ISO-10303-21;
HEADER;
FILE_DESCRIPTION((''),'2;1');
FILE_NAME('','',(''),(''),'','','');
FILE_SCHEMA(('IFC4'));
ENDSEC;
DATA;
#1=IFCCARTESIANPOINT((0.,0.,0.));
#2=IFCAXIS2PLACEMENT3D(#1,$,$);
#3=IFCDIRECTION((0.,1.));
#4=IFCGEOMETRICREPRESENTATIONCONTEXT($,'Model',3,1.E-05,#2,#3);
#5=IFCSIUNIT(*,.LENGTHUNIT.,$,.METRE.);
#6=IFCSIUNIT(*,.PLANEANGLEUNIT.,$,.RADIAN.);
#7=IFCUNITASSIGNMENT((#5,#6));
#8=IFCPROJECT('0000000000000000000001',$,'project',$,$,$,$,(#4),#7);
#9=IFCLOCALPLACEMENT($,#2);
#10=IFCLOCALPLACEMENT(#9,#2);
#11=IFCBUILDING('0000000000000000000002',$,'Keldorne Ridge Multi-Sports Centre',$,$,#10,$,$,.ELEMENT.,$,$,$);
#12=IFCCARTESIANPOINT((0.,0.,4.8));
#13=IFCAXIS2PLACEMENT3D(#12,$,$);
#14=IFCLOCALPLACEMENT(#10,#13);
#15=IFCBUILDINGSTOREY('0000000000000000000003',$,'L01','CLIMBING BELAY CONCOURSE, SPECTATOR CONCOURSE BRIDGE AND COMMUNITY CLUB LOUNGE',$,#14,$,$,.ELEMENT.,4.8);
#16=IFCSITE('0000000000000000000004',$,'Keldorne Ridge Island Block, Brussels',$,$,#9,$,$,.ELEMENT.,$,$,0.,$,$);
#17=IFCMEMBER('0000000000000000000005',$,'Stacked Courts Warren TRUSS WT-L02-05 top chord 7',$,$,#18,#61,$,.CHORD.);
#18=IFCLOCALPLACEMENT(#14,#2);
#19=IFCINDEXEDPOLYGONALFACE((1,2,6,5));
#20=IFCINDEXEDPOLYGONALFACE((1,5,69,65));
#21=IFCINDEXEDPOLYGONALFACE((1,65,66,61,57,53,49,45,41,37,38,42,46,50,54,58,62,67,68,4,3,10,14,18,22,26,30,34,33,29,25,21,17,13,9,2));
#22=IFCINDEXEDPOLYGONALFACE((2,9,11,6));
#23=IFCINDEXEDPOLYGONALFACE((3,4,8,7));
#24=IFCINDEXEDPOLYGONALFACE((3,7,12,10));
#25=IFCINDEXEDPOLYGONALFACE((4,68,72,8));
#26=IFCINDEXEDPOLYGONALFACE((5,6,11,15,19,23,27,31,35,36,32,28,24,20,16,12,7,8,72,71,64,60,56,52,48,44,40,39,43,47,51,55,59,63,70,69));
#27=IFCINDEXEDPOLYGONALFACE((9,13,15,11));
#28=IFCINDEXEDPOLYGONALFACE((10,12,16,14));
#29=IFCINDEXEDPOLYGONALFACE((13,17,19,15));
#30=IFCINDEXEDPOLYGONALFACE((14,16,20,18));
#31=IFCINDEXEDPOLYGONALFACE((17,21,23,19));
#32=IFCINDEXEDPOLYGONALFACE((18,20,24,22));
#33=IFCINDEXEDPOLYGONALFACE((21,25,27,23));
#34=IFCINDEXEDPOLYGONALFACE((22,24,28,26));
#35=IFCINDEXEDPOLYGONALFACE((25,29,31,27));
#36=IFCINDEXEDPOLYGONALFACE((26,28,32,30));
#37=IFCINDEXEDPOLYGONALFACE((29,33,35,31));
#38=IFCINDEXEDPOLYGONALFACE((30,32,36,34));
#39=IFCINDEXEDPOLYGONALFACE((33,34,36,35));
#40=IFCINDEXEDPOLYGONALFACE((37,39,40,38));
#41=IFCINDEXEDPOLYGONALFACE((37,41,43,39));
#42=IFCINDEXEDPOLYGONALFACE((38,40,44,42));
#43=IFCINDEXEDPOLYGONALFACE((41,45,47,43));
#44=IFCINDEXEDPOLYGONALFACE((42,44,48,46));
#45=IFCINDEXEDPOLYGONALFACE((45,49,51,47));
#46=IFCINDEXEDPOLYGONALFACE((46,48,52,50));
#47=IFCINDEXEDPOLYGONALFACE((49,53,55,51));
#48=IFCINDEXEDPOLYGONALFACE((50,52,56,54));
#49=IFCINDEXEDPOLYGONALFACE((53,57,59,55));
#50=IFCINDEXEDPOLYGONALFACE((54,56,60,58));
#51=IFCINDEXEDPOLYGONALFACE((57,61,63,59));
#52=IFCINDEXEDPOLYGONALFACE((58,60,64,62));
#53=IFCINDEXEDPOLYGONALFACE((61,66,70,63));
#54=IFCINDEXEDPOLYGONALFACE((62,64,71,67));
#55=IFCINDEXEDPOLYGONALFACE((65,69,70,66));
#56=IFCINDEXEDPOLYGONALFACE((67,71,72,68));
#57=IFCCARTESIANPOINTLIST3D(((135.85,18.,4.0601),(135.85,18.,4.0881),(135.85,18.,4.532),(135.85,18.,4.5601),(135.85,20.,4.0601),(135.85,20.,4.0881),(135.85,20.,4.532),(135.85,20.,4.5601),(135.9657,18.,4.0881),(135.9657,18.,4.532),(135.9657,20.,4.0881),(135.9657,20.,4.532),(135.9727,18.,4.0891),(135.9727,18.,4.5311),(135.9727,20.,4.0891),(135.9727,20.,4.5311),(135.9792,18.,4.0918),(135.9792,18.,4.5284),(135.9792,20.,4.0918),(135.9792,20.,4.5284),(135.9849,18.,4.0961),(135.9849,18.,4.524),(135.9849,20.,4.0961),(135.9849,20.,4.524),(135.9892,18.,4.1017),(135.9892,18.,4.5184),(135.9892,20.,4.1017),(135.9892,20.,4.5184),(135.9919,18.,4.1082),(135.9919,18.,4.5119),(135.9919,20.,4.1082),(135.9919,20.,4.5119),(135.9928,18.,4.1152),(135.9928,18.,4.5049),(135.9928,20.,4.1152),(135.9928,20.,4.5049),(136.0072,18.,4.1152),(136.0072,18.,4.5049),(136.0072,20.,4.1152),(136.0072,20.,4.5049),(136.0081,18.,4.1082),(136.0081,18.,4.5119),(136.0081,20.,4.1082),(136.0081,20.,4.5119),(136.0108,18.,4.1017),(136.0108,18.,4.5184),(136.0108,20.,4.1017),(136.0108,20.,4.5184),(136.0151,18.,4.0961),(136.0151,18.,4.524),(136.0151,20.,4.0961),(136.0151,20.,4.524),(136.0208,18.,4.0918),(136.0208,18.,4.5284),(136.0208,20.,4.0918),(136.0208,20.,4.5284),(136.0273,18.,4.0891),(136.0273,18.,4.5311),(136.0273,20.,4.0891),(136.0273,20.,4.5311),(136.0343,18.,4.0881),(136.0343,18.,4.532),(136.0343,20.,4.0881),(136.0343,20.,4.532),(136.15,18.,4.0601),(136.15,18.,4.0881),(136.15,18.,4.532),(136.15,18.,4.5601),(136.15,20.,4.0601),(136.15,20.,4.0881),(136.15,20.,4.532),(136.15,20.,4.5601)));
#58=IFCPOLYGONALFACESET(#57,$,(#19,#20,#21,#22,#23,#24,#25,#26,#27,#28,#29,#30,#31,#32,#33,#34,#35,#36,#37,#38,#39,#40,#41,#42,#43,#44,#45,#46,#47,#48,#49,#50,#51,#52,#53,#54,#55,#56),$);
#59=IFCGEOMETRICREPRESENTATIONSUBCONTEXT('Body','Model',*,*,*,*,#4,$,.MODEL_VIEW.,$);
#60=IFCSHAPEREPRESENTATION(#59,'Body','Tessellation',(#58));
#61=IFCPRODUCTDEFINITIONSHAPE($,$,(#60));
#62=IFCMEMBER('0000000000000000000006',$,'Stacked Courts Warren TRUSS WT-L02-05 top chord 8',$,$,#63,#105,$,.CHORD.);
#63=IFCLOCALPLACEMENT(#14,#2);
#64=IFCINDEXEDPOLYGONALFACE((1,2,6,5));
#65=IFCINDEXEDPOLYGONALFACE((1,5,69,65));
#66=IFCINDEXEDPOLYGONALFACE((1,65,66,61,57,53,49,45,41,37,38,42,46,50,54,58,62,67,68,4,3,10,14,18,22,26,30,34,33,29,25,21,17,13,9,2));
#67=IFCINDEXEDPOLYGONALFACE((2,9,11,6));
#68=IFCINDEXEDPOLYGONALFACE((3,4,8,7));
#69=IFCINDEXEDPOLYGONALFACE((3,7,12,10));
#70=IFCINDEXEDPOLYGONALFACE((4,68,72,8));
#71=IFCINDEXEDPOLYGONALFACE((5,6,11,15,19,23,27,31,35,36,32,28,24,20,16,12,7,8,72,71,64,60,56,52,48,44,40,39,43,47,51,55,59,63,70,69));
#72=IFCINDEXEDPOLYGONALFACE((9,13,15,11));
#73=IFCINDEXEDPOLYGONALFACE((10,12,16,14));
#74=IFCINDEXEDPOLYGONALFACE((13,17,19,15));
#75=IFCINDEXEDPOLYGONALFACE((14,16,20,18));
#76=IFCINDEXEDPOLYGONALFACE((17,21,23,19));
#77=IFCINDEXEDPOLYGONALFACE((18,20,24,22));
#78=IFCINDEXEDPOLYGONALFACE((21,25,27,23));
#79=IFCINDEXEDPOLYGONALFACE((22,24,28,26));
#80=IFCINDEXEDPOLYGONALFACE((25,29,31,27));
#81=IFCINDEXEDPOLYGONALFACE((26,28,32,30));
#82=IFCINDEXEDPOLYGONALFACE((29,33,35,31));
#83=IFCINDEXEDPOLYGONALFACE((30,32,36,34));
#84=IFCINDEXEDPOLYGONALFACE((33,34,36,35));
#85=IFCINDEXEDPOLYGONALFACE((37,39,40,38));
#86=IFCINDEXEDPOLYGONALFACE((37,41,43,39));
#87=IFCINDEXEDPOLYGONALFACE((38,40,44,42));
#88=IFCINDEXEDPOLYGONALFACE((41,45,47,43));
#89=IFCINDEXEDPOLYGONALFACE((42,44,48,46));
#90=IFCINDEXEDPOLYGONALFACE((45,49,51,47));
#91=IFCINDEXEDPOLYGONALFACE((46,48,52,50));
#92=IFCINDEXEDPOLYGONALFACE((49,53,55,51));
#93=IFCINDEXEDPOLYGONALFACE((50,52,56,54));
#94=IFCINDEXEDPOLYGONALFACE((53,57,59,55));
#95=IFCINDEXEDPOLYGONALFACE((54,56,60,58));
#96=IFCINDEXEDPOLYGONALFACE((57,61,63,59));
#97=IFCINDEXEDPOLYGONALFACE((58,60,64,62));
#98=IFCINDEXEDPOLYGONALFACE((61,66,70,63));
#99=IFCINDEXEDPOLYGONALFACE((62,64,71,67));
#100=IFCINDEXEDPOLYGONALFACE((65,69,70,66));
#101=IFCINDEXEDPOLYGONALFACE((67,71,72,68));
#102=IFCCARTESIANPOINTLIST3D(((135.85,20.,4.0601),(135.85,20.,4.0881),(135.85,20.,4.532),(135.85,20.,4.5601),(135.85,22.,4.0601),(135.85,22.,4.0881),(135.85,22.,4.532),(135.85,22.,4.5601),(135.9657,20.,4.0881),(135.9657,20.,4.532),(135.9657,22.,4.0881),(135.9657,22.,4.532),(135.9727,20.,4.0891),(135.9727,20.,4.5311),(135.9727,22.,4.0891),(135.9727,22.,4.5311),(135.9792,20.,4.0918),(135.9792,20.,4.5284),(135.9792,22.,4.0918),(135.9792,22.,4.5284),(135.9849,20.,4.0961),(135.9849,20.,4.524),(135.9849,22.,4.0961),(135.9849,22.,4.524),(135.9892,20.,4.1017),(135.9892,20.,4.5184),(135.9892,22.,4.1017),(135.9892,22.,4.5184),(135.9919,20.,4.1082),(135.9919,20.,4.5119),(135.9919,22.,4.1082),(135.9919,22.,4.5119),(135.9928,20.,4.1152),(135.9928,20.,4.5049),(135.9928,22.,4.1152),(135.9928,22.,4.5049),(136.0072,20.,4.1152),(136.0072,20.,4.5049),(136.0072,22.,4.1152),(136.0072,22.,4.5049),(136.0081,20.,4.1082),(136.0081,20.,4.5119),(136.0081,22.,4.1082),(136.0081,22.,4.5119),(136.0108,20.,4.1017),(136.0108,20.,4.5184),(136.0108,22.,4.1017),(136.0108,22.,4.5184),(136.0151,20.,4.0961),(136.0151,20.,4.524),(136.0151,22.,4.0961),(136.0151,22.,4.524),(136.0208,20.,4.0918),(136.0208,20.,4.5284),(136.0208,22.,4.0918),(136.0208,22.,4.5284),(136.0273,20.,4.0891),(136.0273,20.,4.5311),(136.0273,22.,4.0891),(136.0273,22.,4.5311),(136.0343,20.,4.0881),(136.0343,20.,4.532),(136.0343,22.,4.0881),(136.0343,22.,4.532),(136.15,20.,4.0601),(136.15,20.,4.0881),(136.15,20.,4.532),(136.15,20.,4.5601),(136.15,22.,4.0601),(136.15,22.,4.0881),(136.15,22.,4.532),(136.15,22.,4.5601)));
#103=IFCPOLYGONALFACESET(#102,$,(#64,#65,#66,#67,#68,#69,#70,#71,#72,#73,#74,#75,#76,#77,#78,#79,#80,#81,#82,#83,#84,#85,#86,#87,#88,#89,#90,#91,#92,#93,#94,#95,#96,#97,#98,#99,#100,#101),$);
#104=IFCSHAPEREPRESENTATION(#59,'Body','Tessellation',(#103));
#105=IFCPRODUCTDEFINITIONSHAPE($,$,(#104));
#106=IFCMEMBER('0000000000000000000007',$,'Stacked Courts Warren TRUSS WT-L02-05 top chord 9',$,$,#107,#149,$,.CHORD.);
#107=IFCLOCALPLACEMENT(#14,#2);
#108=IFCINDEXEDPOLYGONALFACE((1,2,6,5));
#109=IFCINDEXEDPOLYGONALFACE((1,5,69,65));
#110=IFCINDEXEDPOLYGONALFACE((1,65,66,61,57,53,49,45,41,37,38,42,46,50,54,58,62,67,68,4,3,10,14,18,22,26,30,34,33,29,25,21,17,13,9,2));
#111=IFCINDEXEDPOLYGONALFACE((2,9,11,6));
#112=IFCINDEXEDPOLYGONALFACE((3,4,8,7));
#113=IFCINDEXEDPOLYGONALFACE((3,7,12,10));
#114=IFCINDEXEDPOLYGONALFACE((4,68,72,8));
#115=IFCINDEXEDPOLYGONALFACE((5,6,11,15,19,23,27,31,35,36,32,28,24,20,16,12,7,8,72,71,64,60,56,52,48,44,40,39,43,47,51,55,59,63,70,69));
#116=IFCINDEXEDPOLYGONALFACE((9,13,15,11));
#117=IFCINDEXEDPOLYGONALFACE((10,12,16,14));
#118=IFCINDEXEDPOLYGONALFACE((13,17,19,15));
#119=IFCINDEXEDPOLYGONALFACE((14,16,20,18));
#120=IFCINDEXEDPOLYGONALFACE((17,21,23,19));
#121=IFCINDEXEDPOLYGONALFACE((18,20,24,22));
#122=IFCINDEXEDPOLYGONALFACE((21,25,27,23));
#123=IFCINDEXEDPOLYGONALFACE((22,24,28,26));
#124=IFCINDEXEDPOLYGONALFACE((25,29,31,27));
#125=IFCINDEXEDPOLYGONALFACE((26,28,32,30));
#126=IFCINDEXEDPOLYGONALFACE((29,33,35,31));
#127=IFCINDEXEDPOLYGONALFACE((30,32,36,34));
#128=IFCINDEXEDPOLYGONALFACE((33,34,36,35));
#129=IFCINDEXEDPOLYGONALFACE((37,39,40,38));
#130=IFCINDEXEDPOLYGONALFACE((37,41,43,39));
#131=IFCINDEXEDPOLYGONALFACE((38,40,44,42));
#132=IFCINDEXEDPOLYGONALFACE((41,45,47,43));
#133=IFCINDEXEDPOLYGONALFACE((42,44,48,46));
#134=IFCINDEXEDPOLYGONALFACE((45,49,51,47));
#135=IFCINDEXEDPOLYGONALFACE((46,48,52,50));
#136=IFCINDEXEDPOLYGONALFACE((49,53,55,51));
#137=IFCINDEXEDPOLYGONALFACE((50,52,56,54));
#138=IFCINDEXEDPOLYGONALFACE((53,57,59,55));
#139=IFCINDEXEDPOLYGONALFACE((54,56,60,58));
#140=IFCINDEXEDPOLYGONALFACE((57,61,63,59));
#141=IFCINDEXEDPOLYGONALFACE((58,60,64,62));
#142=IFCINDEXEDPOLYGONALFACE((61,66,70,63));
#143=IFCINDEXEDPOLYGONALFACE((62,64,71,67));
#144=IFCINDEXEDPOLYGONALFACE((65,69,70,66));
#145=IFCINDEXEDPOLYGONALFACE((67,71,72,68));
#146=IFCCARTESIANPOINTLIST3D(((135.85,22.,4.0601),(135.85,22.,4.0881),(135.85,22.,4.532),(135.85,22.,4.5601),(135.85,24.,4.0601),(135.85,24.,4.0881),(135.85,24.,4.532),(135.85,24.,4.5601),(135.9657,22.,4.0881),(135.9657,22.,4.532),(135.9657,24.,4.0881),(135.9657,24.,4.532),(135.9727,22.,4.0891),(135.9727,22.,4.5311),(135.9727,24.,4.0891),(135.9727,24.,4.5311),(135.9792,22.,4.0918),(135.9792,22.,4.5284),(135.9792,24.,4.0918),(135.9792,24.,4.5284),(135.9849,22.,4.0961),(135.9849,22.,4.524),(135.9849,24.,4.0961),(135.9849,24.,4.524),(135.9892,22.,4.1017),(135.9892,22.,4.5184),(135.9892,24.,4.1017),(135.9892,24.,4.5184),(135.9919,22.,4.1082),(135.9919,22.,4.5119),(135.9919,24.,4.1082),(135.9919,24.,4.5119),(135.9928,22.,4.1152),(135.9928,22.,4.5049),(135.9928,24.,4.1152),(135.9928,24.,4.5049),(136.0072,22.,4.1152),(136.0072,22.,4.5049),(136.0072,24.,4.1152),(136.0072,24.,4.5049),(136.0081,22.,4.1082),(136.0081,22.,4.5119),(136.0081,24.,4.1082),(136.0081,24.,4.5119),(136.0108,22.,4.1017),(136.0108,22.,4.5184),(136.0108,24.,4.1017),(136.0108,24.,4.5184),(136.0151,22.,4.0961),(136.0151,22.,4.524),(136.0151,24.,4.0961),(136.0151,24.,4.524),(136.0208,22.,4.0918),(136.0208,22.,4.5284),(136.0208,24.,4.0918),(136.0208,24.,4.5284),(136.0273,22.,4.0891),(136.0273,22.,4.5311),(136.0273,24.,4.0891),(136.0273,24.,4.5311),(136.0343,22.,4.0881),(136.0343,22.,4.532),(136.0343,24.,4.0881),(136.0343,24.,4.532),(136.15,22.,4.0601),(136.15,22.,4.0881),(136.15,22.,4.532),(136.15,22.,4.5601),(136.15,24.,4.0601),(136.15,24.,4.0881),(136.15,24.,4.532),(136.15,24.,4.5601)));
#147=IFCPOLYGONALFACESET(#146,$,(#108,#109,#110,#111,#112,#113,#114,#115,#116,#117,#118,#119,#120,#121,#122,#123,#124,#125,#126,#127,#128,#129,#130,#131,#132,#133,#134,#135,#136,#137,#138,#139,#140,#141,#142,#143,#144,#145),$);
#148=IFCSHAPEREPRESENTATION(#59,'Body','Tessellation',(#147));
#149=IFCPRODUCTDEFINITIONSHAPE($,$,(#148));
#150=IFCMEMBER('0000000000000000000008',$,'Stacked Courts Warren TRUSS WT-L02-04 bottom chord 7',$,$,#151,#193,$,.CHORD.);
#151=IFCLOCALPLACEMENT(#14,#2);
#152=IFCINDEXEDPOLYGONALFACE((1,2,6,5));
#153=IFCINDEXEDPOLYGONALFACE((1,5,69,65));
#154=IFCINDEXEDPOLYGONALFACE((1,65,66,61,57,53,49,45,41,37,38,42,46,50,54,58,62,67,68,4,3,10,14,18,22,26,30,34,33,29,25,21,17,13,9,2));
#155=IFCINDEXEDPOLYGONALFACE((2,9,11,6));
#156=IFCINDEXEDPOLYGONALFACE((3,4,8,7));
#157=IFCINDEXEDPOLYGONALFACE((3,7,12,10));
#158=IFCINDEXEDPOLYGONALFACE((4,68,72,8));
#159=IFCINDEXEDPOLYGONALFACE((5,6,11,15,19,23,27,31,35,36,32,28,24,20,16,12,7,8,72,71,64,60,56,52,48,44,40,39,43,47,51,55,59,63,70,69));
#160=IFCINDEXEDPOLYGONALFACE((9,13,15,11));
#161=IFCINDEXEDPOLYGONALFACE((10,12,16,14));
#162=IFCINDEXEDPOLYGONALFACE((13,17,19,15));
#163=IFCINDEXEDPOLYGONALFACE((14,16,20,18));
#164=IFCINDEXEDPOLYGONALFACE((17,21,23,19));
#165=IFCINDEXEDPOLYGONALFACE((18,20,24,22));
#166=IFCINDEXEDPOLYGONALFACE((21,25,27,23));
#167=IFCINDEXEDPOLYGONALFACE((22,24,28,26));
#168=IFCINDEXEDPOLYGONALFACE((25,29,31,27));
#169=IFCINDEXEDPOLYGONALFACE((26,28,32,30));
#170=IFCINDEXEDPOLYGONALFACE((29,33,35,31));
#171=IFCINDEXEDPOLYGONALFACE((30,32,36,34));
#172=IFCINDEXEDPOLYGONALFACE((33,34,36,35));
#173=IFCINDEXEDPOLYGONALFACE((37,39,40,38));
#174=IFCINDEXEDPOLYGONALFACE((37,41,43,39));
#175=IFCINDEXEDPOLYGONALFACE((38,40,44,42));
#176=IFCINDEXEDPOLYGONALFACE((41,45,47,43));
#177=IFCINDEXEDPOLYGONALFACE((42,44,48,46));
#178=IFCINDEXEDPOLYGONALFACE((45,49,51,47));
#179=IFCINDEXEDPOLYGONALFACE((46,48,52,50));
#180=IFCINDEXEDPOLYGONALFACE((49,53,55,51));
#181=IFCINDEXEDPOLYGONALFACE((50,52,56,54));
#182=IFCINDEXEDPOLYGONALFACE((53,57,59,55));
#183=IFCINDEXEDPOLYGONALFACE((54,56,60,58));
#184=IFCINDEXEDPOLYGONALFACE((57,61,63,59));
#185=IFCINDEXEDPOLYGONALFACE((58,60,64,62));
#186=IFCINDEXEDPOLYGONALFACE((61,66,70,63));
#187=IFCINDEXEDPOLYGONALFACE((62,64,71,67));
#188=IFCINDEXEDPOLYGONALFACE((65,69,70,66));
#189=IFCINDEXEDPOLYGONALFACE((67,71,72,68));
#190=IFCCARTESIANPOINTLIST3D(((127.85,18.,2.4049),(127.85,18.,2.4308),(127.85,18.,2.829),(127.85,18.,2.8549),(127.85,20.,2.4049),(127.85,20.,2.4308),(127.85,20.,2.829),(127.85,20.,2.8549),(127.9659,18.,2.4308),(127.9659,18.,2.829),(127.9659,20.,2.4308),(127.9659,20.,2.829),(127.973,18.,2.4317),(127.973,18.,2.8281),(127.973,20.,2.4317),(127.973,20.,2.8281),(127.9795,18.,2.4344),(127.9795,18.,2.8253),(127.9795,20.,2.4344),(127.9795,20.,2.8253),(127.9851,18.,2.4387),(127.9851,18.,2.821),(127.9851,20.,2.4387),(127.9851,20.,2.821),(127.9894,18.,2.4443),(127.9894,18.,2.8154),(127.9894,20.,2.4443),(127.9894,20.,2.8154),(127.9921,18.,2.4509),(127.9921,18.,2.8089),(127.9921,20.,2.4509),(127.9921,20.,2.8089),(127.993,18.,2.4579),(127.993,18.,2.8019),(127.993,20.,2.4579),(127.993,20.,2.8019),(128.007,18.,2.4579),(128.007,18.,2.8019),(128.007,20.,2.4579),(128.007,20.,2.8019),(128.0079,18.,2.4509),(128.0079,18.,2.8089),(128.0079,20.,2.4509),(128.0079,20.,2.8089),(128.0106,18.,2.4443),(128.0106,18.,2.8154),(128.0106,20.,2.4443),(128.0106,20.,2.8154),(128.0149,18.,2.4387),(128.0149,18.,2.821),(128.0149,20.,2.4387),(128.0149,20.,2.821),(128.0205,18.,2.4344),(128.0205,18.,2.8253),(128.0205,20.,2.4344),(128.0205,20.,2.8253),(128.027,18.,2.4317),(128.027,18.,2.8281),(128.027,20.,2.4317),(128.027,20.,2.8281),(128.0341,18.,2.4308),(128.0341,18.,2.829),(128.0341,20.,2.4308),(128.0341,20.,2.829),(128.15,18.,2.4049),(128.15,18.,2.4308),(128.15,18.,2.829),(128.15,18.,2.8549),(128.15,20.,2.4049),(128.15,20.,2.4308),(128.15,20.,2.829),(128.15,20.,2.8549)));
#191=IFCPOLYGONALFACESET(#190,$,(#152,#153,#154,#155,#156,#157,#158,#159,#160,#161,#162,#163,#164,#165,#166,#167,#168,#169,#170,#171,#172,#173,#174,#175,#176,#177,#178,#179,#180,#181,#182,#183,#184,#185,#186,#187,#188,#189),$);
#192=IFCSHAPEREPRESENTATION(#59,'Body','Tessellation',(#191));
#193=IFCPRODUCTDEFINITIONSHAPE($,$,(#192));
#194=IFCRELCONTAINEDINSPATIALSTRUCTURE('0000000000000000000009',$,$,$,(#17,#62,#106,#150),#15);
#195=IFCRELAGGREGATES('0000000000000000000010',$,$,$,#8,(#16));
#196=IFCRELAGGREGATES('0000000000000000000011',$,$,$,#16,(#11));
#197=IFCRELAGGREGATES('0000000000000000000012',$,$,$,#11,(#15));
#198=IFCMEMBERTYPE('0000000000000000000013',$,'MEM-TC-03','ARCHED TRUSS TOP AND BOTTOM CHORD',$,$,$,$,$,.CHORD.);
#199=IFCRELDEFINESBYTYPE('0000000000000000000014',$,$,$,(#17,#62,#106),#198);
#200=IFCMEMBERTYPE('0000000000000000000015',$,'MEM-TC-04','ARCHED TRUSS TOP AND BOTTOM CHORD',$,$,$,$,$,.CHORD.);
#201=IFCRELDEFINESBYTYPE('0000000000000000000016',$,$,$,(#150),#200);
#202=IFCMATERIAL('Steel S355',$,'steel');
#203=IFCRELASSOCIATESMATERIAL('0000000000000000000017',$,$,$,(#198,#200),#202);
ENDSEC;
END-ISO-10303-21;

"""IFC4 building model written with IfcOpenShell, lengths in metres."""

from ifc_helpers import new_model, si_unit, direction, frame, origin, origin_2d, place, context, subcontext, project, spatial, i_section, extrude, material, material_profile, profile_set, type_object, element, save


model = new_model("IFC4")

# Units and contexts
model_context = context("Model", 3, precision=1e-05, world=origin(), true_north=direction((0.0, 1.0)))
body_context = subcontext(model_context, "Body", "Model", "MODEL_VIEW")
ifc_project = project(units=[si_unit("LENGTHUNIT", "METRE"), si_unit("PLANEANGLEUNIT", "RADIAN")], contexts=[model_context])

# Site, building, storey
site_placement = place(None, origin())
site = spatial("IfcSite", under=ifc_project, at=site_placement, Name="Keldorne Ridge Island Block, Brussels", CompositionType="ELEMENT", RefElevation=0.0)
building_placement = place(site_placement, origin())
building = spatial("IfcBuilding", under=site, at=building_placement, Name="Keldorne Ridge Multi-Sports Centre", CompositionType="ELEMENT")
storey_placement = place(building_placement, frame((0.0, 0.0, 4.8)))
storey = spatial("IfcBuildingStorey", under=building, at=storey_placement, Name="L01", Description="CLIMBING BELAY CONCOURSE, SPECTATOR CONCOURSE BRIDGE AND COMMUNITY CLUB LOUNGE", CompositionType="ELEMENT", Elevation=4.8)

# Members
ifc_material = material(Name="Steel S355", Category="steel")
ifc_material_profile_1 = material_profile(ifc_material, i_section(OverallWidth=0.3, OverallDepth=0.5, WebThickness=0.0144, FlangeThickness=0.0281, FilletRadius=0.0271, at=origin_2d()), Name="HEB 500")
ifc_profile_set_1 = profile_set([ifc_material_profile_1], Name="Steel S355")
member_type_1 = type_object("IfcMemberType", Name="MEM-TC-03", Description="ARCHED TRUSS TOP AND BOTTOM CHORD", PredefinedType="CHORD", material=ifc_profile_set_1)
for number, where, z_axis, x_axis, name in (
    (1, (136.0, 18.0, 4.3101), (0.0, 1.0, 0.0), (-1.0, 0.0, 0.0), "Stacked Courts Warren TRUSS WT-L02-05 top chord 7"),
    (2, (136.0, 20.0, 4.3101), (0.0, 1.0, 0.0), (-1.0, 0.0, 0.0), "Stacked Courts Warren TRUSS WT-L02-05 top chord 8"),
    (3, (136.0, 22.0, 4.3101), (0.0, 1.0, 0.0), (-1.0, 0.0, 0.0), "Stacked Courts Warren TRUSS WT-L02-05 top chord 9"),
):
    element("IfcMember", number, at=place(storey_placement, frame(where, z_axis=z_axis, x_axis=x_axis)), inside=storey, type_object=member_type_1, Name=name, PredefinedType="CHORD", context=body_context, shape_type="SweptSolid", body=[
        extrude(i_section(OverallWidth=0.3, OverallDepth=0.5, WebThickness=0.0144, FlangeThickness=0.0281, FilletRadius=0.0271, at=origin_2d()), origin(), (0.0, 0.0, 1.0), 2.0),
    ])
ifc_material_profile_2 = material_profile(ifc_material, i_section(OverallWidth=0.3, OverallDepth=0.45, WebThickness=0.0139, FlangeThickness=0.0259, FilletRadius=0.0271, at=origin_2d()), Name="HEB 450")
ifc_profile_set_2 = profile_set([ifc_material_profile_2], Name="Steel S355")
member_type_2 = type_object("IfcMemberType", Name="MEM-TC-04", Description="ARCHED TRUSS TOP AND BOTTOM CHORD", PredefinedType="CHORD", material=ifc_profile_set_2)
for number, where, z_axis, x_axis, name in (
    (4, (128.0, 18.0, 2.6299), (0.0, 1.0, 0.0), (-1.0, 0.0, 0.0), "Stacked Courts Warren TRUSS WT-L02-04 bottom chord 7"),
):
    element("IfcMember", number, at=place(storey_placement, frame(where, z_axis=z_axis, x_axis=x_axis)), inside=storey, type_object=member_type_2, Name=name, PredefinedType="CHORD", context=body_context, shape_type="SweptSolid", body=[
        extrude(i_section(OverallWidth=0.3, OverallDepth=0.45, WebThickness=0.0139, FlangeThickness=0.0259, FilletRadius=0.0271, at=origin_2d()), origin(), (0.0, 0.0, 1.0), 2.0),
    ])

save(model, "model.ifc")
